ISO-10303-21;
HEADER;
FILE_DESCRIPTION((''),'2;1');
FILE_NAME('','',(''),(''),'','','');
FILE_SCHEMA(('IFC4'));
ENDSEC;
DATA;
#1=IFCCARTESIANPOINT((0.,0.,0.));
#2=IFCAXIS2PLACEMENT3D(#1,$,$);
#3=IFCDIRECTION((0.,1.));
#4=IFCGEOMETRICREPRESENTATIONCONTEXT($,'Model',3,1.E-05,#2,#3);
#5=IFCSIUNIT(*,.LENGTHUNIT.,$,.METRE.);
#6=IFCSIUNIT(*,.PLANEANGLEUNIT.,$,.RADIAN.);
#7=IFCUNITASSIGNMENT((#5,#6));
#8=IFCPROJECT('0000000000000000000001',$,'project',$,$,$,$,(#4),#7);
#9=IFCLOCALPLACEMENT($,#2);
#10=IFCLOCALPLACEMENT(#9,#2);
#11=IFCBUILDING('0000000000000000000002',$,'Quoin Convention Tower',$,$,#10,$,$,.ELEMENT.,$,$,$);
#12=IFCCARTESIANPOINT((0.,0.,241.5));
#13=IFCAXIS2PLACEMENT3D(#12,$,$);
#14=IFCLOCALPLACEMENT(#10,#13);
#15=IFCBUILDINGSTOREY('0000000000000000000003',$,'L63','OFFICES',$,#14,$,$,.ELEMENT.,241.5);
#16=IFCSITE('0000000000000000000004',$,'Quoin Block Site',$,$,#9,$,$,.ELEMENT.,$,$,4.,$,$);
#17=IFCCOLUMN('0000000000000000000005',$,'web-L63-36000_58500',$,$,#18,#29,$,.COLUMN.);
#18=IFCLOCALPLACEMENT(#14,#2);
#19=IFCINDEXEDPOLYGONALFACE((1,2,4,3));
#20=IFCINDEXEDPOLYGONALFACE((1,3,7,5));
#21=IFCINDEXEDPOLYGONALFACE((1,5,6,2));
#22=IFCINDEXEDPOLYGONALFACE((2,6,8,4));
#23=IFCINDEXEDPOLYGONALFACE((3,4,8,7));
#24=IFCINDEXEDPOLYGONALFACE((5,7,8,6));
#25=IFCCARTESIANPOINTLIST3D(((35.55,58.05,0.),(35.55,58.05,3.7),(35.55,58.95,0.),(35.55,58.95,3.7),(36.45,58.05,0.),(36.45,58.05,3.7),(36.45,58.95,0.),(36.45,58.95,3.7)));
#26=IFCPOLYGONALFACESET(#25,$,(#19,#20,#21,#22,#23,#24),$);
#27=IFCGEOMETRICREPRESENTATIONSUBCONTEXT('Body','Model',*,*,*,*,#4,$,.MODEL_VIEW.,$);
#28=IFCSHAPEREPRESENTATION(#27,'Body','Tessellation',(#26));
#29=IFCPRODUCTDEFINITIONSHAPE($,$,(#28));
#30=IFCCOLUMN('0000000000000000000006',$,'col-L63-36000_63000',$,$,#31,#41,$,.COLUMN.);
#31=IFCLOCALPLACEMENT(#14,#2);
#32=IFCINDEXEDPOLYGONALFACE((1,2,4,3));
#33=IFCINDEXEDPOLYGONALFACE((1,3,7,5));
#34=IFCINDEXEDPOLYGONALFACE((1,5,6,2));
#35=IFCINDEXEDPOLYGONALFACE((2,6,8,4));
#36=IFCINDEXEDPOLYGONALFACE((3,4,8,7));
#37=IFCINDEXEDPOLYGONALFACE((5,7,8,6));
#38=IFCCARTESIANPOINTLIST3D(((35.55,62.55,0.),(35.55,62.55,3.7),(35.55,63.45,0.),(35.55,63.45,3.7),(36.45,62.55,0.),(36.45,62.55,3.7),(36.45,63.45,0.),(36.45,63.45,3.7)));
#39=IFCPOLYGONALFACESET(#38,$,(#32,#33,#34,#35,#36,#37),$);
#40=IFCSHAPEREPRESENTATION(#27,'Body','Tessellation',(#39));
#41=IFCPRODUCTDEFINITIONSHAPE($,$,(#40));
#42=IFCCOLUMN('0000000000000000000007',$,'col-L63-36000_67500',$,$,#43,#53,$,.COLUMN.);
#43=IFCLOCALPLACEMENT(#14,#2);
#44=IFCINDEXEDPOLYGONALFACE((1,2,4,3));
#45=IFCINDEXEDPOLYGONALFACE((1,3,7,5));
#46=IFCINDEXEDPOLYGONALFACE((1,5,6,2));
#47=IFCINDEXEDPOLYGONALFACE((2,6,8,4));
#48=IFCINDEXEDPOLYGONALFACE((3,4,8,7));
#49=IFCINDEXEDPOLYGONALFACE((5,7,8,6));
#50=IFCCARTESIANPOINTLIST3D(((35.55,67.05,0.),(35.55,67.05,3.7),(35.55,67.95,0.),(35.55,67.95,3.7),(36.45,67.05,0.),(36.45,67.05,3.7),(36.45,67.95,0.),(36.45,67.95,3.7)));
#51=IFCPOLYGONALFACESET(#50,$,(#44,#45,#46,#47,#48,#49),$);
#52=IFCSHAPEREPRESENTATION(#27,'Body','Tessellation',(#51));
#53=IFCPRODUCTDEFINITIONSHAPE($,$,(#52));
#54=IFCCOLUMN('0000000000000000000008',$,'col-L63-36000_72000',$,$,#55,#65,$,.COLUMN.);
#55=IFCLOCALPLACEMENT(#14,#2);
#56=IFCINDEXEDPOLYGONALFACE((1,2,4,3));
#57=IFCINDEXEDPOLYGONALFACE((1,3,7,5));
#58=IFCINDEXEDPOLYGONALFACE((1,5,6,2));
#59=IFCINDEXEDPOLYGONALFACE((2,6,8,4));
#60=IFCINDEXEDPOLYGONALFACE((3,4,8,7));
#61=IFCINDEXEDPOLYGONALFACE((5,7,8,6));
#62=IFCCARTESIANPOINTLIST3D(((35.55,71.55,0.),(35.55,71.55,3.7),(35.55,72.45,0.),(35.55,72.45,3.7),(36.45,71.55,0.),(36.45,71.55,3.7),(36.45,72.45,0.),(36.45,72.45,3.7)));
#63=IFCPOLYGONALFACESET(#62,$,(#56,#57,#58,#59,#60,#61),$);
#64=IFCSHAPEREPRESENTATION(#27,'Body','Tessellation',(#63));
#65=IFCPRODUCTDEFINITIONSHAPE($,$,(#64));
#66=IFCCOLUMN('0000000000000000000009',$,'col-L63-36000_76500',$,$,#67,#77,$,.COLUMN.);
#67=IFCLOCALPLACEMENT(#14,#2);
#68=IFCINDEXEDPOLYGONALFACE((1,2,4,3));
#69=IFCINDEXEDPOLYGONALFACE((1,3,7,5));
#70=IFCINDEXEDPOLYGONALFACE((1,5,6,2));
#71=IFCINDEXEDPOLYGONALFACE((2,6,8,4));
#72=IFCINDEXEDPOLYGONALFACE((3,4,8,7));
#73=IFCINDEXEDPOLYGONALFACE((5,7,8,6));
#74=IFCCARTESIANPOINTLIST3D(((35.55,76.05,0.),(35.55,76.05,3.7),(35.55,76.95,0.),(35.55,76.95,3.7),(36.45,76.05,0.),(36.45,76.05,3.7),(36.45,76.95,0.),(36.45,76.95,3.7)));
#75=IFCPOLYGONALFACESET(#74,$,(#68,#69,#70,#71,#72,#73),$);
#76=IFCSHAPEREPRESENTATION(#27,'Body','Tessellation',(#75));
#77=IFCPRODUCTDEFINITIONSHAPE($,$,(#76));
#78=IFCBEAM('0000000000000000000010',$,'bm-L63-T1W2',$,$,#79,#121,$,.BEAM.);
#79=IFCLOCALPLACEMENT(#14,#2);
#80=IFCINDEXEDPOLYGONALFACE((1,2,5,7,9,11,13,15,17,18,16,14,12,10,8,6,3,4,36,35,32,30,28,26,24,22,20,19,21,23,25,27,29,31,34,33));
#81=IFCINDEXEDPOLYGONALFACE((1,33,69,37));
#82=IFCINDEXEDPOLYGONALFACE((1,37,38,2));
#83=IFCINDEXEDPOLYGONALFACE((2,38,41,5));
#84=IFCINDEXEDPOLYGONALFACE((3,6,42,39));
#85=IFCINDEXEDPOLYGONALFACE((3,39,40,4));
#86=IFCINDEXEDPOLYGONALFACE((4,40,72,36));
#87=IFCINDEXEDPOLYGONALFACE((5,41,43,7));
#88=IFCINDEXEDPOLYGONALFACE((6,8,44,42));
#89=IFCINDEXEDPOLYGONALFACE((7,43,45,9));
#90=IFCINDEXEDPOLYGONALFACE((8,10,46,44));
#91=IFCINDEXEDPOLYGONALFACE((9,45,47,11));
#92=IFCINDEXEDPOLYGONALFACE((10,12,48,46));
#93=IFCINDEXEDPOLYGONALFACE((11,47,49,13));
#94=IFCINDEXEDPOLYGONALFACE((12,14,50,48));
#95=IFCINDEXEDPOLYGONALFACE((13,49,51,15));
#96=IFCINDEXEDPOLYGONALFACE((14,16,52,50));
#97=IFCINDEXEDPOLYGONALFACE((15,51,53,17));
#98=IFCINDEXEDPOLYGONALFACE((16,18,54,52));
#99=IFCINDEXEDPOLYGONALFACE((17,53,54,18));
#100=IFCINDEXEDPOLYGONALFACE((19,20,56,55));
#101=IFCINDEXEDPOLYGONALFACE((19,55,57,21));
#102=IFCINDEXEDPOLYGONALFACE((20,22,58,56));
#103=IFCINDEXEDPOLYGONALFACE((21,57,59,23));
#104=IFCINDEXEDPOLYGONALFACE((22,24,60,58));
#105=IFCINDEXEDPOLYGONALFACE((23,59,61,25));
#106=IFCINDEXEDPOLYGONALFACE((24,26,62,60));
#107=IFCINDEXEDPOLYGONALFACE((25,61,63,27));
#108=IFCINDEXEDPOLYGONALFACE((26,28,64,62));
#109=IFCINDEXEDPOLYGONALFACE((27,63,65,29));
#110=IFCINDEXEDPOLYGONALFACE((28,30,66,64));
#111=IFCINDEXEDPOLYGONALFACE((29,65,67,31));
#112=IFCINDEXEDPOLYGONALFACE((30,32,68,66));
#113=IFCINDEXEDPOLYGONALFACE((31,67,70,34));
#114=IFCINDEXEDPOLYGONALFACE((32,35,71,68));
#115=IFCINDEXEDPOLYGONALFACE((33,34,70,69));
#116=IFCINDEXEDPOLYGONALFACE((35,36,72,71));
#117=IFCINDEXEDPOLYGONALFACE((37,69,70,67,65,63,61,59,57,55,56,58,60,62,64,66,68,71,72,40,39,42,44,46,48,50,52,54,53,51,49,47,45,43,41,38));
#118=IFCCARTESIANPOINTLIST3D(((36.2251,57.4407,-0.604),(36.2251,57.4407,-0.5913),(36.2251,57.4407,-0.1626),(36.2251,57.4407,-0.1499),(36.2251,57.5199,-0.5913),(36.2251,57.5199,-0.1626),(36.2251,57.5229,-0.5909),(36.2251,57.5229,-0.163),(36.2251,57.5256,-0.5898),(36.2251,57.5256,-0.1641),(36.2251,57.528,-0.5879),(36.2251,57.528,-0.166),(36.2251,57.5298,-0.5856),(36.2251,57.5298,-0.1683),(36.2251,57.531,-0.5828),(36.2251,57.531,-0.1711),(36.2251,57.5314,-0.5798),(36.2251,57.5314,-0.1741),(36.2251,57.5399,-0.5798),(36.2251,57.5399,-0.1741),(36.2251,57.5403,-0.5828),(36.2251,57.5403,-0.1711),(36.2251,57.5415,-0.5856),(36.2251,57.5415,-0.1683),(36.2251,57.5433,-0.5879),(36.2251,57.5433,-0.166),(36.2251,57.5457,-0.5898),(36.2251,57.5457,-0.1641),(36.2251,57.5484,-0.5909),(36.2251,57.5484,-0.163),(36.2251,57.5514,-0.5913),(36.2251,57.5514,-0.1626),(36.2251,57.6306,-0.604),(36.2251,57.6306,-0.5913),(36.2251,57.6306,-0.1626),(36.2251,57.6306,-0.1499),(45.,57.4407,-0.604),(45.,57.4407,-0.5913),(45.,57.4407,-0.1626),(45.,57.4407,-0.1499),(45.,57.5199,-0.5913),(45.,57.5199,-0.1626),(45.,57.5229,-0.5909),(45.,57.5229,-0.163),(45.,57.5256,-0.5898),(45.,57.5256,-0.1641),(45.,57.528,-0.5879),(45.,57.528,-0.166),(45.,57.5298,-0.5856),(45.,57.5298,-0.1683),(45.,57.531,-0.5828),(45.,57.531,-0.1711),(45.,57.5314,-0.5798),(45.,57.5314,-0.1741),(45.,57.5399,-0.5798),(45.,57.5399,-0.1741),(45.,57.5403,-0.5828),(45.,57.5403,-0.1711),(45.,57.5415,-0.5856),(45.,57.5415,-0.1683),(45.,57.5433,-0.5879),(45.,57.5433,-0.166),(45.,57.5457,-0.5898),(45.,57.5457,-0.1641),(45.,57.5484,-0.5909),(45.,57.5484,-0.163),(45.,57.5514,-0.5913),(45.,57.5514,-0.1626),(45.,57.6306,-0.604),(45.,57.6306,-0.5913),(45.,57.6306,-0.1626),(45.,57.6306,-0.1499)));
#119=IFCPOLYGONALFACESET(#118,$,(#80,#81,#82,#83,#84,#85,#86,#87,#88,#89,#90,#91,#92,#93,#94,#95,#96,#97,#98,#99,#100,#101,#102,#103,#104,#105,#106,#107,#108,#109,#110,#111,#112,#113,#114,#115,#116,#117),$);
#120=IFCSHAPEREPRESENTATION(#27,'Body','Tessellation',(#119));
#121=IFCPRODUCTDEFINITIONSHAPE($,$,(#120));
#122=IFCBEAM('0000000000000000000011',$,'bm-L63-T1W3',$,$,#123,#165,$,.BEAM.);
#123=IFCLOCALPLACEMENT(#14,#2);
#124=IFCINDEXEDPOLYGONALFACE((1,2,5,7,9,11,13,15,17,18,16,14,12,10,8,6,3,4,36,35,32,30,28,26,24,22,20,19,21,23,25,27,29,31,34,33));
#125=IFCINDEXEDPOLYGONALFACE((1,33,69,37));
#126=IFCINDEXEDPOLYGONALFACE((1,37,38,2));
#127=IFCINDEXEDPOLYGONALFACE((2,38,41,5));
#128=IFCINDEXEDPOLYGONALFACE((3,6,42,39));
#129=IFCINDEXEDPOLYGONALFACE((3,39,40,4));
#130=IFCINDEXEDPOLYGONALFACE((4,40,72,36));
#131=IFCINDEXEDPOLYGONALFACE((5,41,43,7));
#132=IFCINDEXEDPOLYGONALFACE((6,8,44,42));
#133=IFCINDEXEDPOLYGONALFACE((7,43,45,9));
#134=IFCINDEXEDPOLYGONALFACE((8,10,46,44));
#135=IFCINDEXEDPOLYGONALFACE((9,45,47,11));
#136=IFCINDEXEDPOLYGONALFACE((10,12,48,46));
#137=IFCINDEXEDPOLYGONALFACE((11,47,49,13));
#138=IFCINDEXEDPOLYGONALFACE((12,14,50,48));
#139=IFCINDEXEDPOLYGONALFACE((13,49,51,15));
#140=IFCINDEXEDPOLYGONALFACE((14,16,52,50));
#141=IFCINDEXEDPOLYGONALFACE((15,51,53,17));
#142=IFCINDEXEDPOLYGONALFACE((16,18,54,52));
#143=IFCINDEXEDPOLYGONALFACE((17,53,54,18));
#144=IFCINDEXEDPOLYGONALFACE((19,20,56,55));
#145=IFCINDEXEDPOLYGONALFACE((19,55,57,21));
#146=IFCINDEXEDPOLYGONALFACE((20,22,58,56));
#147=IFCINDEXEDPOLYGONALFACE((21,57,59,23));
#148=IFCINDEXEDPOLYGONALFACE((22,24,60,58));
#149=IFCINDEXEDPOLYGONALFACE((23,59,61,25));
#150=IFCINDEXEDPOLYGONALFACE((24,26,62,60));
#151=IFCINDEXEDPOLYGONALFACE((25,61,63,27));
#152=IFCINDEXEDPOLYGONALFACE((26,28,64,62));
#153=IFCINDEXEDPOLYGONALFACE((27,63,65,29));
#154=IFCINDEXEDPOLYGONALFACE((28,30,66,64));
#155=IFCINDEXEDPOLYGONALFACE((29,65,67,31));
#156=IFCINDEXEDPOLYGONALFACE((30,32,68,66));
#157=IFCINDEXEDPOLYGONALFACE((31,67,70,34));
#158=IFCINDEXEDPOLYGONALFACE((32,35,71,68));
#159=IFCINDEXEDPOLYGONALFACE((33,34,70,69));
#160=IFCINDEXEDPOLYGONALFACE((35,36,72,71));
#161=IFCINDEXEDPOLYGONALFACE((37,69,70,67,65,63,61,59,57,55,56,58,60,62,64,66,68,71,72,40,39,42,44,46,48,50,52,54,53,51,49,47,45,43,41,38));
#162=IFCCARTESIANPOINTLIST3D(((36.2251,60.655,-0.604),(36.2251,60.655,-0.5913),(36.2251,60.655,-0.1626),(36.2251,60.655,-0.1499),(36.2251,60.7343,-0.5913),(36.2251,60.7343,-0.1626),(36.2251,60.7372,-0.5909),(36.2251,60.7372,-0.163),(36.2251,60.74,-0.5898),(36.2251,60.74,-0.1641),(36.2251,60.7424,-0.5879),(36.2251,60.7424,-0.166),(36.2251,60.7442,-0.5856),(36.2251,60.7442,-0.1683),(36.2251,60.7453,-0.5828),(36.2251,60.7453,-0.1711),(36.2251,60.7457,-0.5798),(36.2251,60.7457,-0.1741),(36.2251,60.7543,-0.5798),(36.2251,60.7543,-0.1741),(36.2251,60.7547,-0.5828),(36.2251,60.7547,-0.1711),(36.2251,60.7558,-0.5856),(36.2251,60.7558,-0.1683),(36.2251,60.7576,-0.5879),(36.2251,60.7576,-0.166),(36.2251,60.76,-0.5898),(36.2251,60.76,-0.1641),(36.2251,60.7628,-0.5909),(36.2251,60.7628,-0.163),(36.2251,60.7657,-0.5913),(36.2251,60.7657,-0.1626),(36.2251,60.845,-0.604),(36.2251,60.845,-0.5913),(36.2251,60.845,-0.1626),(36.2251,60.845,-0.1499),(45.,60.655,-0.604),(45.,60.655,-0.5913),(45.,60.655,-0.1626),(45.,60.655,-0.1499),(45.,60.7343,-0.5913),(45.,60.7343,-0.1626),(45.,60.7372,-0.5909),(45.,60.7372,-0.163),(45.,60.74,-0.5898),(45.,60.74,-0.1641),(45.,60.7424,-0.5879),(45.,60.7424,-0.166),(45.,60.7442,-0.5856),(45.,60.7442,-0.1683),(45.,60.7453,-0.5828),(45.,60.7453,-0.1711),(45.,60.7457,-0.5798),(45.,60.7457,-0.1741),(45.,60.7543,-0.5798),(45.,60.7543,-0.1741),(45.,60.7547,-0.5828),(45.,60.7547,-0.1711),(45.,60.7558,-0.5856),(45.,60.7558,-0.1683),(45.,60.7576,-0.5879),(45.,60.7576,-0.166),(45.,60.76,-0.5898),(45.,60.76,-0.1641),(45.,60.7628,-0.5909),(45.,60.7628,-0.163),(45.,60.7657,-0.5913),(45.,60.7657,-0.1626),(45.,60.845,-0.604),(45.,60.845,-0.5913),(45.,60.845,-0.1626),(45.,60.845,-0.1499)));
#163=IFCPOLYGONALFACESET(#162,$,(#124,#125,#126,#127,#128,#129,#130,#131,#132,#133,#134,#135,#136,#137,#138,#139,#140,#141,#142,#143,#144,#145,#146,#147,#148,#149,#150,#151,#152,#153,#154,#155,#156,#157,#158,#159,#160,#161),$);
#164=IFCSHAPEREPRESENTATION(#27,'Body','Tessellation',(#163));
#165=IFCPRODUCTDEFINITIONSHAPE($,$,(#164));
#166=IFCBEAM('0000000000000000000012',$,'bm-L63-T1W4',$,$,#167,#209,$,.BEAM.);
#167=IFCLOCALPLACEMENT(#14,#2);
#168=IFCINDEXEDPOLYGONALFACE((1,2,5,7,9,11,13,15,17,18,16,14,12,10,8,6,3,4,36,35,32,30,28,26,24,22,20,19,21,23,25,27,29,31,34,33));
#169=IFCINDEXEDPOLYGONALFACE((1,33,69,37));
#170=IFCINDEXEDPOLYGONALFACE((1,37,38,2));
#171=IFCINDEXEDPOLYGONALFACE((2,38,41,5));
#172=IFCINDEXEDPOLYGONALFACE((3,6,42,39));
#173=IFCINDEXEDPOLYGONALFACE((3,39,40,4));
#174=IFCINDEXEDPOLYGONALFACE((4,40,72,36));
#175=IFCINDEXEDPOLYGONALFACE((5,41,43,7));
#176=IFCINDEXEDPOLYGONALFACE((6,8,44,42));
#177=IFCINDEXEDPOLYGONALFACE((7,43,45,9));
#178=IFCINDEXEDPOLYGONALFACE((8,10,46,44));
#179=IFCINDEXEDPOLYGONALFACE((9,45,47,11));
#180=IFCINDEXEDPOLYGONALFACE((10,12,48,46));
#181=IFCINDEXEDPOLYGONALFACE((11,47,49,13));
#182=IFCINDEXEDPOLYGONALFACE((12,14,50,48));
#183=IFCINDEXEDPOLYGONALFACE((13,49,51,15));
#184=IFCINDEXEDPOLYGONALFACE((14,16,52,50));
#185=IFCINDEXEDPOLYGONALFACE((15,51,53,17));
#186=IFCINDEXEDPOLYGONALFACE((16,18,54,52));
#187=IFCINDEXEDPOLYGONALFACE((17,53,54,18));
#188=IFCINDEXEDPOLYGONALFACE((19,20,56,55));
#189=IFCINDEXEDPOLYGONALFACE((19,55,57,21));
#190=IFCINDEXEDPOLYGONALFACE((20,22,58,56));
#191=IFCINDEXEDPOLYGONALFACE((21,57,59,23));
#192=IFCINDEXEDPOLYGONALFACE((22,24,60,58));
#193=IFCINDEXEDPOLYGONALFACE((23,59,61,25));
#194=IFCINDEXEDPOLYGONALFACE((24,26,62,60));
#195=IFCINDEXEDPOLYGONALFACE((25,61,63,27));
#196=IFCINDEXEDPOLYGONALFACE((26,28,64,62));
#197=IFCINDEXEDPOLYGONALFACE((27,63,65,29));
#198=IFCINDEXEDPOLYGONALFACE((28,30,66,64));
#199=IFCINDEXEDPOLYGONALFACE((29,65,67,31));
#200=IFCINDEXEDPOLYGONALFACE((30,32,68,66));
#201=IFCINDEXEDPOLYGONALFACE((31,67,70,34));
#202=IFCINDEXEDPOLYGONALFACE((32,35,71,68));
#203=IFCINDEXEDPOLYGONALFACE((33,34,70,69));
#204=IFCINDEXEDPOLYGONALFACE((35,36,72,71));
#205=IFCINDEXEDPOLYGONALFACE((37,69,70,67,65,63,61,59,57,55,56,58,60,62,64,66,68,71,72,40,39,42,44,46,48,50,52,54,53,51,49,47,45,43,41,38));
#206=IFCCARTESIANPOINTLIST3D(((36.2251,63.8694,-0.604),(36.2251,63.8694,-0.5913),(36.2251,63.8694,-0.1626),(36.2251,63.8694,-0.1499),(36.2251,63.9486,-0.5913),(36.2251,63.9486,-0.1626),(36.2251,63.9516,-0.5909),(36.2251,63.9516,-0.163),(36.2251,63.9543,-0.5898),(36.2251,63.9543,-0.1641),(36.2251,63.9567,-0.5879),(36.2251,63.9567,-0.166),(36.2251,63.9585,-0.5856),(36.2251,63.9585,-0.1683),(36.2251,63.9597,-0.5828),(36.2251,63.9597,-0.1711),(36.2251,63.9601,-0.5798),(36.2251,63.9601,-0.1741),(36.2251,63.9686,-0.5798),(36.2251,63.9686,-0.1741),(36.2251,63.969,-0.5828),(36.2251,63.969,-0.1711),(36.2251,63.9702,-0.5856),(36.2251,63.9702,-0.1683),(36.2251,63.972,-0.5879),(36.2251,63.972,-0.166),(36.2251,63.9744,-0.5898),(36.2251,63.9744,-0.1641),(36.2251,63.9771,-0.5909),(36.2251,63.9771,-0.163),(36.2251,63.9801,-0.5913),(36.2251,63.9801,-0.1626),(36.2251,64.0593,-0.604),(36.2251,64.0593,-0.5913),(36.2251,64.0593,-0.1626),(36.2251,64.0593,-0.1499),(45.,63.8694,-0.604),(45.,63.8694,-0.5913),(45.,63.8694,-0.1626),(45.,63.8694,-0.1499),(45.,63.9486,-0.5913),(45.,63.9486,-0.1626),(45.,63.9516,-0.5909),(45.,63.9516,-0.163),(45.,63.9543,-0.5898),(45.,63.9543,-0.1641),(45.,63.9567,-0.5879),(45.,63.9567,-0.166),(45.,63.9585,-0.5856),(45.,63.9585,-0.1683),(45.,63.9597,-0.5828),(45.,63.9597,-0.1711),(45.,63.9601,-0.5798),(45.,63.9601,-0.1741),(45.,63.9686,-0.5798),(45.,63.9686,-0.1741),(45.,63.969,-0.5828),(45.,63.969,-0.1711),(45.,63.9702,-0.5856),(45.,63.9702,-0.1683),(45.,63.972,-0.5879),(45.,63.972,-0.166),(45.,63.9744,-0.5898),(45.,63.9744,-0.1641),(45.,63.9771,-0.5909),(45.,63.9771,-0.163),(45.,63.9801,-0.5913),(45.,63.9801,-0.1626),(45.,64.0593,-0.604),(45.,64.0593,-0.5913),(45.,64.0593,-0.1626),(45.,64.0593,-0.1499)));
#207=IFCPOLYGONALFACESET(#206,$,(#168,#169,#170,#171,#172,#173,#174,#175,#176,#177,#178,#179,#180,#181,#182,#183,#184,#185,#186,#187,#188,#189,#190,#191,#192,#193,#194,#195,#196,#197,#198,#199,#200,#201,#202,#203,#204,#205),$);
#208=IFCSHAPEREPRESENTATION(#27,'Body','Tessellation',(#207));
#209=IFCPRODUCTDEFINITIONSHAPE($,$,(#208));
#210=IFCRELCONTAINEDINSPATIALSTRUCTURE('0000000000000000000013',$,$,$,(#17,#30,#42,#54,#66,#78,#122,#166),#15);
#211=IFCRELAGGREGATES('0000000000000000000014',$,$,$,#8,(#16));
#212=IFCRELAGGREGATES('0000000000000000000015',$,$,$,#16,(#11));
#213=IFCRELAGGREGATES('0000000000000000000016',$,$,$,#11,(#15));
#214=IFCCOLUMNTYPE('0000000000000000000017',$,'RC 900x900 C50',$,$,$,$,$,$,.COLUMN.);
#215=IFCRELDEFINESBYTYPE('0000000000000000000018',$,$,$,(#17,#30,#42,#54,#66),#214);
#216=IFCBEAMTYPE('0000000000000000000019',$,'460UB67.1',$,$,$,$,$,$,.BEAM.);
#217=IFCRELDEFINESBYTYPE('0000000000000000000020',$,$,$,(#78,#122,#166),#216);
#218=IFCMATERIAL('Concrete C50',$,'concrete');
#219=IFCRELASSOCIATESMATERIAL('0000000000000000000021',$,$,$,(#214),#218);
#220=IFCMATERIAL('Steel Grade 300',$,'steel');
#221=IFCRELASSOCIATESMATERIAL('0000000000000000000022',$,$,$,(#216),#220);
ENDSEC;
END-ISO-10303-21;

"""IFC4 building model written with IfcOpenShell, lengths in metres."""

from ifc_helpers import new_model, si_unit, direction, frame, origin, origin_2d, place, context, subcontext, project, spatial, rectangle, i_section, extrude, material, material_profile, profile_set, type_object, element, save


model = new_model("IFC4")

# Units and contexts
model_context = context("Model", 3, precision=1e-05, world=origin(), true_north=direction((0.0, 1.0)))
body_context = subcontext(model_context, "Body", "Model", "MODEL_VIEW")
ifc_project = project(units=[si_unit("LENGTHUNIT", "METRE"), si_unit("PLANEANGLEUNIT", "RADIAN")], contexts=[model_context])

# Site, building, storey
site_placement = place(None, origin())
site = spatial("IfcSite", under=ifc_project, at=site_placement, Name="Quoin Block Site", CompositionType="ELEMENT", RefElevation=4.0)
building_placement = place(site_placement, origin())
building = spatial("IfcBuilding", under=site, at=building_placement, Name="Quoin Convention Tower", CompositionType="ELEMENT")
storey_placement = place(building_placement, frame((0.0, 0.0, 241.5)))
storey = spatial("IfcBuildingStorey", under=building, at=storey_placement, Name="L63", Description="OFFICES", CompositionType="ELEMENT", Elevation=241.5)

# Columns
ifc_material_1 = material(Name="Concrete C50", Category="concrete")
ifc_material_profile_1 = material_profile(ifc_material_1, rectangle(XDim=0.8999, YDim=0.8999, at=origin_2d()), Name="RC 900x900")
ifc_profile_set_1 = profile_set([ifc_material_profile_1], Name="Concrete C50")
column_type = type_object("IfcColumnType", Name="RC 900x900 C50", PredefinedType="COLUMN", material=ifc_profile_set_1)
for number, where, z_axis, x_axis, name in (
    (1, (36.0, 58.5, 0.0), (0.0, 0.0, 1.0), (1.0, 0.0, 0.0), "web-L63-36000_58500"),
    (2, (36.0, 63.0, 0.0), (0.0, 0.0, 1.0), (1.0, 0.0, 0.0), "col-L63-36000_63000"),
    (3, (36.0, 67.5, 0.0), (0.0, 0.0, 1.0), (1.0, 0.0, 0.0), "col-L63-36000_67500"),
    (4, (36.0, 72.0, 0.0), (0.0, 0.0, 1.0), (1.0, 0.0, 0.0), "col-L63-36000_72000"),
    (5, (36.0, 76.5, 0.0), (0.0, 0.0, 1.0), (1.0, 0.0, 0.0), "col-L63-36000_76500"),
):
    element("IfcColumn", number, at=place(storey_placement, frame(where, z_axis=z_axis, x_axis=x_axis)), inside=storey, type_object=column_type, Name=name, PredefinedType="COLUMN", context=body_context, shape_type="SweptSolid", body=[
        extrude(rectangle(XDim=0.8999, YDim=0.8999, at=origin_2d()), origin(), (0.0, 0.0, 1.0), 3.7),
    ])

# Beams
ifc_material_2 = material(Name="Steel Grade 300", Category="steel")
ifc_material_profile_2 = material_profile(ifc_material_2, i_section(OverallWidth=0.1899, OverallDepth=0.4541, WebThickness=0.0085, FlangeThickness=0.0127, FilletRadius=0.0115, at=origin_2d()), Name="460UB67.1")
ifc_profile_set_2 = profile_set([ifc_material_profile_2], Name="Steel Grade 300")
beam_type_1 = type_object("IfcBeamType", Name="460UB67.1", PredefinedType="BEAM", material=ifc_profile_set_2)
for number, where, z_axis, x_axis, name in (
    (6, (36.2251, 57.5356, -0.377), (1.0, 0.0, 0.0), (0.0, 1.0, 0.0), "bm-L63-T1W2"),
    (7, (36.2251, 60.75, -0.377), (1.0, 0.0, 0.0), (0.0, 1.0, 0.0), "bm-L63-T1W3"),
    (8, (36.2251, 63.9644, -0.377), (1.0, 0.0, 0.0), (0.0, 1.0, 0.0), "bm-L63-T1W4"),
):
    element("IfcBeam", number, at=place(storey_placement, frame(where, z_axis=z_axis, x_axis=x_axis)), inside=storey, type_object=beam_type_1, Name=name, PredefinedType="BEAM", context=body_context, shape_type="SweptSolid", body=[
        extrude(i_section(OverallWidth=0.1899, OverallDepth=0.4541, WebThickness=0.0085, FlangeThickness=0.0127, FilletRadius=0.0115, at=origin_2d()), origin(), (0.0, 0.0, 1.0), 8.7749),
    ])

save(model, "model.ifc")
